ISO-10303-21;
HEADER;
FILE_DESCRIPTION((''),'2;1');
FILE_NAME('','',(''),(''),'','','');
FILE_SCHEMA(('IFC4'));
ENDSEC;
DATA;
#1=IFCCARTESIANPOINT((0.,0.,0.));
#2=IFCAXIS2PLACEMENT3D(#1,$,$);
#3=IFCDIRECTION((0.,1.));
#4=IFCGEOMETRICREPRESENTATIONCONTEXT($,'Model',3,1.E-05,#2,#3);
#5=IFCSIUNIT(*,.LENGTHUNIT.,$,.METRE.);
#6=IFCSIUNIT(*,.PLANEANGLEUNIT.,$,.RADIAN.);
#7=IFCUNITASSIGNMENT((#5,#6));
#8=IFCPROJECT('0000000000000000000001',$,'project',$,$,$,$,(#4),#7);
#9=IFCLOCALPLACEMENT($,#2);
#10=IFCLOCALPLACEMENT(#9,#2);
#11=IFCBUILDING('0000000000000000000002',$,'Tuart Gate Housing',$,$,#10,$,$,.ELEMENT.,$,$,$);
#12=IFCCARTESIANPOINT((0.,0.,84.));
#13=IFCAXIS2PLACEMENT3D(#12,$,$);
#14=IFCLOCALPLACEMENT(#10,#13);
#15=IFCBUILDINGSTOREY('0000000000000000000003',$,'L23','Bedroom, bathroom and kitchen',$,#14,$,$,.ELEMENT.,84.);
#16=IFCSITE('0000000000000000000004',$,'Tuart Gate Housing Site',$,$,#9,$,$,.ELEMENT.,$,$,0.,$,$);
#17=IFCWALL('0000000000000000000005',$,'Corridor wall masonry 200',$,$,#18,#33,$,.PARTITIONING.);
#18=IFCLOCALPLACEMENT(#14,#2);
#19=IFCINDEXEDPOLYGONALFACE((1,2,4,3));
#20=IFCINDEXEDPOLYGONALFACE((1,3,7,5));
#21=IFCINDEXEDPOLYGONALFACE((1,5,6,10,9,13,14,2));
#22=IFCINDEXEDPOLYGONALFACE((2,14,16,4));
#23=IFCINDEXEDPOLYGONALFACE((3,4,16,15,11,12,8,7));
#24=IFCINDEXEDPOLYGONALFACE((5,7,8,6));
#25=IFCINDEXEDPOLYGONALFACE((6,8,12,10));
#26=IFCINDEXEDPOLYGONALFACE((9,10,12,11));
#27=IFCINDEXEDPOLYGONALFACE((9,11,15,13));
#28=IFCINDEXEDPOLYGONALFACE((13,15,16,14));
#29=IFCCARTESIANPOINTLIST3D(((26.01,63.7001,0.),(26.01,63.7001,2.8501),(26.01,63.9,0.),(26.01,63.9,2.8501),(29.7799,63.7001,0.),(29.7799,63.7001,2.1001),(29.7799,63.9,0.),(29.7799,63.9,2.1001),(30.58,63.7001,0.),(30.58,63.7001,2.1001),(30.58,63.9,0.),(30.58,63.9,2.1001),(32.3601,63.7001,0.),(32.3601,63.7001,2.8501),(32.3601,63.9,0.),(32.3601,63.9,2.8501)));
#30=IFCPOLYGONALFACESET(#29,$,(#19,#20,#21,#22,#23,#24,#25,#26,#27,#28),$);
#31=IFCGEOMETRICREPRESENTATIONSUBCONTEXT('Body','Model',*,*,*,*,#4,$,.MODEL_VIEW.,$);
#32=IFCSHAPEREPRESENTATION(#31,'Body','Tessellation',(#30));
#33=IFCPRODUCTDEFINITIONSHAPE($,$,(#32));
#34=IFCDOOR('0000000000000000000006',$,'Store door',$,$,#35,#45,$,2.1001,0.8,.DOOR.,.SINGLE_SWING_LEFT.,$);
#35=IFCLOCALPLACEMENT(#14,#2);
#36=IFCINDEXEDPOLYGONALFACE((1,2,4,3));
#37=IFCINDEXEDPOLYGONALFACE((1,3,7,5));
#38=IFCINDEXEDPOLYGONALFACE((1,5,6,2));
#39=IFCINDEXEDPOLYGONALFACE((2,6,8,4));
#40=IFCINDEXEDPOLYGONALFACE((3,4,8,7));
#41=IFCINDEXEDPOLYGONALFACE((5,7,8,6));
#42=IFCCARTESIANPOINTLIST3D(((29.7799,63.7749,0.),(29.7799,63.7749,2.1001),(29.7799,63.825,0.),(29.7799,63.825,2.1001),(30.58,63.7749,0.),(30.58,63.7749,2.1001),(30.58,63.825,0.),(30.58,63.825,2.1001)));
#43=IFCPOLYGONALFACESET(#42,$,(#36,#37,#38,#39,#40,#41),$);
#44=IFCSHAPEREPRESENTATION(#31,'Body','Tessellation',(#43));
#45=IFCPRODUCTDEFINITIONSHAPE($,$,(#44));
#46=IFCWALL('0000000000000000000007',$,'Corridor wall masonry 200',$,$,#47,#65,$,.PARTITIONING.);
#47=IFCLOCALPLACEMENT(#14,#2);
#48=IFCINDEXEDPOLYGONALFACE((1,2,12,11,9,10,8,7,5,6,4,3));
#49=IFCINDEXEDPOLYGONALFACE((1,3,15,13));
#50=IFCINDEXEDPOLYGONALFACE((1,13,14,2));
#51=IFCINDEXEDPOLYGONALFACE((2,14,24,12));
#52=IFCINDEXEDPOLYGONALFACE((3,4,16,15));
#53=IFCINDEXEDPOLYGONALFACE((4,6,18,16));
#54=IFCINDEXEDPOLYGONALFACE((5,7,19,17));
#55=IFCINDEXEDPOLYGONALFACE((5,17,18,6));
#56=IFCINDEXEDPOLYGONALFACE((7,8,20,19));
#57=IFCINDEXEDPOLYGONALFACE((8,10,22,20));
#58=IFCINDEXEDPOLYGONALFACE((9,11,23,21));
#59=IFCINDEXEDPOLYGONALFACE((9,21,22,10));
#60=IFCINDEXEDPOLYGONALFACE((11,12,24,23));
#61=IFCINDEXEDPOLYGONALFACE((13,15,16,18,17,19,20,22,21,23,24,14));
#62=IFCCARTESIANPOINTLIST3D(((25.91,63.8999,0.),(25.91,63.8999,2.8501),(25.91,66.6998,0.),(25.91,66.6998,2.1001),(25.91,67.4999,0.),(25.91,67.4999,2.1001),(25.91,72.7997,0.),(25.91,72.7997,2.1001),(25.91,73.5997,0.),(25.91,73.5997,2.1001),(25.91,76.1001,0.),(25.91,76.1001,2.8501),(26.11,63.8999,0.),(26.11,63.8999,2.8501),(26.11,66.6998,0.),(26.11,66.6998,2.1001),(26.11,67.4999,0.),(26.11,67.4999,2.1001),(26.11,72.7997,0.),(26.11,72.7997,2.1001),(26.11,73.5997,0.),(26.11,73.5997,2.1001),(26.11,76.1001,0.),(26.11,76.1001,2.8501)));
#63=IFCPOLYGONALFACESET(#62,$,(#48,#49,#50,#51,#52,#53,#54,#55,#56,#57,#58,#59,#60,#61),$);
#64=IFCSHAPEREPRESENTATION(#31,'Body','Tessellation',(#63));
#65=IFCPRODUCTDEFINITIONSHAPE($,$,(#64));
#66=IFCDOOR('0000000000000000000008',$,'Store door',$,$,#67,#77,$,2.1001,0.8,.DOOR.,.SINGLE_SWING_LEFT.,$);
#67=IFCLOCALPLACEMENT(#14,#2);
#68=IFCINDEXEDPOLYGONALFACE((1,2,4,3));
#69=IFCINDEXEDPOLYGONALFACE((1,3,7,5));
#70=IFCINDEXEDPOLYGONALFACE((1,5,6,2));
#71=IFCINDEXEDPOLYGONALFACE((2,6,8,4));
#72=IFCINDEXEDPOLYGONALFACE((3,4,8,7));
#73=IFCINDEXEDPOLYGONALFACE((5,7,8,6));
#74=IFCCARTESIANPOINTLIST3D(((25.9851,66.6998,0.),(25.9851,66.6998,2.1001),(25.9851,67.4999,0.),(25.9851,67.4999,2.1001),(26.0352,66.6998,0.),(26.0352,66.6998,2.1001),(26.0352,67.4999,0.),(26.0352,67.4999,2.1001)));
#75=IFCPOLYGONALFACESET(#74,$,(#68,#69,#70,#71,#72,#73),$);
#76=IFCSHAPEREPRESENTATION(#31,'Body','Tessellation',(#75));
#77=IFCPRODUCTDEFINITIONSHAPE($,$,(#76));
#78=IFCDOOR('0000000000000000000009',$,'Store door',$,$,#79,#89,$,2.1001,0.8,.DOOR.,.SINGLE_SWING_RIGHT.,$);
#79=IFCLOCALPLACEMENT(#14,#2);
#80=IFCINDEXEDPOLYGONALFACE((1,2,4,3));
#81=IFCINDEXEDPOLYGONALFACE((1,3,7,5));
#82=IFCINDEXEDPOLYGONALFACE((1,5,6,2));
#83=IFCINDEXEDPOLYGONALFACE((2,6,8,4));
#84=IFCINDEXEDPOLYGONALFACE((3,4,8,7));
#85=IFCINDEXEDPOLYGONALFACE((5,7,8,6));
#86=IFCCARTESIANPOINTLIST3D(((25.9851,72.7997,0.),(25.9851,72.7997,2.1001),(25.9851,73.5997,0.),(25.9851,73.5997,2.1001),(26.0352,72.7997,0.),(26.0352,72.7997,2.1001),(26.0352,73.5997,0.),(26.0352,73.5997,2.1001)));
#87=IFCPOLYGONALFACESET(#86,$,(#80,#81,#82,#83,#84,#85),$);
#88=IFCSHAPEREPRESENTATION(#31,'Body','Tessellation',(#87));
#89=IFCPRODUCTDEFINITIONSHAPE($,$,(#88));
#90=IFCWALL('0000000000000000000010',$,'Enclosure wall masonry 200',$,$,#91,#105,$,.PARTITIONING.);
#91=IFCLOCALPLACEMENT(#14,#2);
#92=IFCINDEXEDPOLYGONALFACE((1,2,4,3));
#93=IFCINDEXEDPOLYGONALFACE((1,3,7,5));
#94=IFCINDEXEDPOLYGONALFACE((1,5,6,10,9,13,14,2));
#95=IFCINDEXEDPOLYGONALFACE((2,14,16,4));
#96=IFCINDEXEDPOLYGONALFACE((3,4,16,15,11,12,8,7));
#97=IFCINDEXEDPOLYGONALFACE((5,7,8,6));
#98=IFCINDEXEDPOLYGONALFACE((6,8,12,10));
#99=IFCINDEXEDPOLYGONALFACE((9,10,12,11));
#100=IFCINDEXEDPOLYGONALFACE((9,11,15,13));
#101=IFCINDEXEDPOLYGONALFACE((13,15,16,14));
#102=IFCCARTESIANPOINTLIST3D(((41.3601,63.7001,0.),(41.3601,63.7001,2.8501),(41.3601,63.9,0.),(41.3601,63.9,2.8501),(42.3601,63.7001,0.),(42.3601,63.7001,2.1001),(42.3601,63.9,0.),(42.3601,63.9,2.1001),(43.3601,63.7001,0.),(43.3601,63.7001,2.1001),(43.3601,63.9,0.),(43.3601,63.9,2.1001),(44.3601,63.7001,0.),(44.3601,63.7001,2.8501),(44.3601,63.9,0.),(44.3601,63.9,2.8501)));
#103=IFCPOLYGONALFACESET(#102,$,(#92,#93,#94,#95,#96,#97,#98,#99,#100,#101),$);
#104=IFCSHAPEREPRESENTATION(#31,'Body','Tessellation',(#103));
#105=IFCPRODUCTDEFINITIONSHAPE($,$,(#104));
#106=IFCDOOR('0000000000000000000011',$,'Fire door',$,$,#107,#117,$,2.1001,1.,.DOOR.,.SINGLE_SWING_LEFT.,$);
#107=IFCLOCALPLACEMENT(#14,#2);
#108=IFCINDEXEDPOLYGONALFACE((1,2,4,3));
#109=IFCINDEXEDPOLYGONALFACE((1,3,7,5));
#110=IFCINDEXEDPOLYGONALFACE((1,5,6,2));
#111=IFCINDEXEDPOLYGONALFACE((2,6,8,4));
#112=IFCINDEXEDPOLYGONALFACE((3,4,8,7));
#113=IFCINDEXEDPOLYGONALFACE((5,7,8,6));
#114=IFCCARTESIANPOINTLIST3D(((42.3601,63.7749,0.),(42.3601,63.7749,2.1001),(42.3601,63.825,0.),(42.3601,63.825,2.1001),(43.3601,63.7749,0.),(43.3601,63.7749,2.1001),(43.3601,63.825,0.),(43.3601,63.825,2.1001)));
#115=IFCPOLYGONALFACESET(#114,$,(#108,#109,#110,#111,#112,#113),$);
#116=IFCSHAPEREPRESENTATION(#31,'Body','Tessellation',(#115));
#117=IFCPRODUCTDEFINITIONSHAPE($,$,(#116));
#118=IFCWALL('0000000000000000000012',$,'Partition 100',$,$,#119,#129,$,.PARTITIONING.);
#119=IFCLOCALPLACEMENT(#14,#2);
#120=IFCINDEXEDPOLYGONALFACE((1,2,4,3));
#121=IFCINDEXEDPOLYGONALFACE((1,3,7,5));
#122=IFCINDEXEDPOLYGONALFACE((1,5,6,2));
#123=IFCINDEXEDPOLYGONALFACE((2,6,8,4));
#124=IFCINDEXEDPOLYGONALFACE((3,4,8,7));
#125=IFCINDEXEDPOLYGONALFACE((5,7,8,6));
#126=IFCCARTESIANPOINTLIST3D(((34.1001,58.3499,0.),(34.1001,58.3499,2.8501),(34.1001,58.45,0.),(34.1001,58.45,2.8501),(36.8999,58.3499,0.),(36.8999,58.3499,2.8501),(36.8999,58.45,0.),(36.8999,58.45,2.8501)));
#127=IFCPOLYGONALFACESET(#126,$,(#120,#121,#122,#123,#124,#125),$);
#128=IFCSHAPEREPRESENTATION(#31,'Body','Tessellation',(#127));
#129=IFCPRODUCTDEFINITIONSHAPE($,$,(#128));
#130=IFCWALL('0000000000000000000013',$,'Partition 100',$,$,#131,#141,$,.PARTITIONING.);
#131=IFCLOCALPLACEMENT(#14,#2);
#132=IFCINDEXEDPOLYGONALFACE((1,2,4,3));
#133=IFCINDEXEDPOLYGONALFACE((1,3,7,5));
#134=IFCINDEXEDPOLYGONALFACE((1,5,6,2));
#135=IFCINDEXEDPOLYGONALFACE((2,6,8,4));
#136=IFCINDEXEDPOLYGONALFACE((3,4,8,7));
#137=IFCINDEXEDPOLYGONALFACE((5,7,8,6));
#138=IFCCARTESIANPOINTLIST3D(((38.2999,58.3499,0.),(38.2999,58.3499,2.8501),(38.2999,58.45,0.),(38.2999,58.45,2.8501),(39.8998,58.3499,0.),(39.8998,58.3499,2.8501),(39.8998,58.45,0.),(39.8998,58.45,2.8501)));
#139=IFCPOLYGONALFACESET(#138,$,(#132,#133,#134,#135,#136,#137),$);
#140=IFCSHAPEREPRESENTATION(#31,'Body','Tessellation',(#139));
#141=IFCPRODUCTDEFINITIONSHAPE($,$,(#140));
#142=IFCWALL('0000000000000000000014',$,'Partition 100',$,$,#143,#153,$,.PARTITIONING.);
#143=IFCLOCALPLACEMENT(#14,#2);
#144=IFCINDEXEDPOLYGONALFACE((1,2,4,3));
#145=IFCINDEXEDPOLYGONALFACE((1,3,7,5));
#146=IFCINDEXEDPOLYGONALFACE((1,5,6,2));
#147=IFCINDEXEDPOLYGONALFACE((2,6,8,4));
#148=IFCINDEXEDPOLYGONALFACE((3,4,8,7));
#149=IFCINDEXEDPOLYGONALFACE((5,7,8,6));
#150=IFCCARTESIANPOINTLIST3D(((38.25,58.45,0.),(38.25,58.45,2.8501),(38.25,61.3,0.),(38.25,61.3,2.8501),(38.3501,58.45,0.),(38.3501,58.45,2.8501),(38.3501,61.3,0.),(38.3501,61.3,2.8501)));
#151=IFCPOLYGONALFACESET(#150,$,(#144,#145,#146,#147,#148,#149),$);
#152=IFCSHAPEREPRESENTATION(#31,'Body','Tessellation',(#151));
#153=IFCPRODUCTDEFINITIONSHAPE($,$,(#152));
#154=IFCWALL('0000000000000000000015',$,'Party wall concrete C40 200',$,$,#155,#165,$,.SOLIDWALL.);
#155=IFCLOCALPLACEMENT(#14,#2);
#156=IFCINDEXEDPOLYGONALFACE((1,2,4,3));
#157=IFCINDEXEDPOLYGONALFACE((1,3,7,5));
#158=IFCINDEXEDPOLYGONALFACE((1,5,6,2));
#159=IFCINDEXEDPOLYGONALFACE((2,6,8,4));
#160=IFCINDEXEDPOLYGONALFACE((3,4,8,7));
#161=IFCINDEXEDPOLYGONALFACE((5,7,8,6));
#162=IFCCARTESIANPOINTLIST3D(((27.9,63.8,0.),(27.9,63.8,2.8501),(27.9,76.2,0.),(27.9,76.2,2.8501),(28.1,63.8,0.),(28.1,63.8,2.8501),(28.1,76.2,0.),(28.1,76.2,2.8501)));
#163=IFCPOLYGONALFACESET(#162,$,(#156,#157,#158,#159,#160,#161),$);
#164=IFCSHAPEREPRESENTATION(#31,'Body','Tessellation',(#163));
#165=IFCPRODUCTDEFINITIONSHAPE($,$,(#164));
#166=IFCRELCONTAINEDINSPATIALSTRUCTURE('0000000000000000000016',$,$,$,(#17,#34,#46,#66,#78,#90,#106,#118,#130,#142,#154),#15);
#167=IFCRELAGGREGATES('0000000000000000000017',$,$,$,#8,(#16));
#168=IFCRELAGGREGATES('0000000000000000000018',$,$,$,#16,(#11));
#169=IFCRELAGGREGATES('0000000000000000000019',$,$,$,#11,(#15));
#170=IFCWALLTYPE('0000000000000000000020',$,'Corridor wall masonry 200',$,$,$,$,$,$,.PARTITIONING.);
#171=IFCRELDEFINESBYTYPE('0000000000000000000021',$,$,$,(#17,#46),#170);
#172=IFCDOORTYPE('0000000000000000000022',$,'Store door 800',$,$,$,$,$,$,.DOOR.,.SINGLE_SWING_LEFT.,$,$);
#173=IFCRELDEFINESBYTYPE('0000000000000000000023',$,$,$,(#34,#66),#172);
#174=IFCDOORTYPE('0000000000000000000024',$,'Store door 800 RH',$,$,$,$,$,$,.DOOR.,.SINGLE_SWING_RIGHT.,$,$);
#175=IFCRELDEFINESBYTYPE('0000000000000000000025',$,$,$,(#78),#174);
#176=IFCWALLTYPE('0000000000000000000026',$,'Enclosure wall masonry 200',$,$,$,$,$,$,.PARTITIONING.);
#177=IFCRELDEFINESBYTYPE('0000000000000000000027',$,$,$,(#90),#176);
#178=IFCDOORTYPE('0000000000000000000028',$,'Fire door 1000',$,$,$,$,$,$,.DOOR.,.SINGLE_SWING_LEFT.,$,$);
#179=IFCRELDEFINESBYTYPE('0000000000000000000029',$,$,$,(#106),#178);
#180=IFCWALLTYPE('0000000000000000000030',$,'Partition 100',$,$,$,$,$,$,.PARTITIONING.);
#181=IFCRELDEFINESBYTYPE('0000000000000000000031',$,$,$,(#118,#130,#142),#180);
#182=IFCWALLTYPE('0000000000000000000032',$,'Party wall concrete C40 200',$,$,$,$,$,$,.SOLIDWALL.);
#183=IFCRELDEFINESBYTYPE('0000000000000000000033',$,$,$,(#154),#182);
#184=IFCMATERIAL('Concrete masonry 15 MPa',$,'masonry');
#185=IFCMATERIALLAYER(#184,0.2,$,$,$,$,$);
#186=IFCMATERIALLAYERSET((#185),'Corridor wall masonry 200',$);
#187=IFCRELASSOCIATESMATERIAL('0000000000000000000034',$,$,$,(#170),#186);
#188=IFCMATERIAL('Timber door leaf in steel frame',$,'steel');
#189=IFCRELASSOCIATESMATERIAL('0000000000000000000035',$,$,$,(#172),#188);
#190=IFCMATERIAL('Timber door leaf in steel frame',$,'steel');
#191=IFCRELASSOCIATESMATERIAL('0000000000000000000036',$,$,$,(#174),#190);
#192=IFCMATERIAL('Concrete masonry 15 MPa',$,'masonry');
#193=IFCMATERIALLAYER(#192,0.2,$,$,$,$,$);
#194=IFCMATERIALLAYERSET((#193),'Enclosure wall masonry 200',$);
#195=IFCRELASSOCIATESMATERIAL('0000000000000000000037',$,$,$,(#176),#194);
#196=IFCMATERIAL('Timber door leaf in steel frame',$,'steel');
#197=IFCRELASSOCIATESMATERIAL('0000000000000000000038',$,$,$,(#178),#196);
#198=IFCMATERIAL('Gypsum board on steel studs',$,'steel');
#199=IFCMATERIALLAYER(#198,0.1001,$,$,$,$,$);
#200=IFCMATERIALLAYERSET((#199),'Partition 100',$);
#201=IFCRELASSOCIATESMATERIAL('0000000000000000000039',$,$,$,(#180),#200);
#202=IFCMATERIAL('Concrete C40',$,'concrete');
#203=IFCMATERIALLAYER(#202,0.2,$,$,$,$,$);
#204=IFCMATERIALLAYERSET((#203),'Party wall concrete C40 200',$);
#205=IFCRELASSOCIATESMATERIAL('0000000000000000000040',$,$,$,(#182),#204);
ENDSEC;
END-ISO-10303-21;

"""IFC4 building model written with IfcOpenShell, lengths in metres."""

from ifc_helpers import new_model, si_unit, direction, frame, frame_2d, origin, place, context, subcontext, project, spatial, rectangle, extrude, material, layer, layer_set, type_object, element, fill, save


model = new_model("IFC4")

# Units and contexts
model_context = context("Model", 3, precision=1e-05, world=origin(), true_north=direction((0.0, 1.0)))
body_context = subcontext(model_context, "Body", "Model", "MODEL_VIEW")
ifc_project = project(units=[si_unit("LENGTHUNIT", "METRE"), si_unit("PLANEANGLEUNIT", "RADIAN")], contexts=[model_context])

# Site, building, storey
site_placement = place(None, origin())
site = spatial("IfcSite", under=ifc_project, at=site_placement, Name="Tuart Gate Housing Site", CompositionType="ELEMENT", RefElevation=0.0)
building_placement = place(site_placement, origin())
building = spatial("IfcBuilding", under=site, at=building_placement, Name="Tuart Gate Housing", CompositionType="ELEMENT")
storey_placement = place(building_placement, frame((0.0, 0.0, 84.0)))
storey = spatial("IfcBuildingStorey", under=building, at=storey_placement, Name="L23", Description="Bedroom, bathroom and kitchen", CompositionType="ELEMENT", Elevation=84.0)

# Shared definitions
ifc_material_1 = material(Name="Concrete masonry 15 MPa", Category="masonry")
ifc_layer_1 = layer(ifc_material_1, 0.2)
ifc_layer_set_1 = layer_set([ifc_layer_1], Name="Corridor wall masonry 200")
wall_type_1 = type_object("IfcWallType", Name="Corridor wall masonry 200", PredefinedType="PARTITIONING", material=ifc_layer_set_1)

# Wall, opening, door
wall_1_placement = place(storey_placement, frame((26.01, 63.8, 0.0), z_axis=(0.0, 0.0, 1.0), x_axis=(1.0, 0.0, 0.0)))
wall_1 = element("IfcWall", 1, at=wall_1_placement, inside=storey, type_object=wall_type_1, Name="Corridor wall masonry 200", PredefinedType="PARTITIONING", context=body_context, shape_type="SweptSolid", body=[
    extrude(rectangle(XDim=6.3501, YDim=0.2, at=frame_2d((3.175, 0.0))), origin(), (0.0, 0.0, 1.0), 2.8501),
])
opening_1_placement = place(wall_1_placement, frame((3.77, 0.0, 0.0)))
opening_1 = element("IfcOpeningElement", 2, at=opening_1_placement, cuts=wall_1, PredefinedType="OPENING", context=body_context, shape_type="SweptSolid", body=[
    extrude(rectangle(XDim=0.8, YDim=2.1001, at=frame_2d((0.3999, 1.05))), frame((0.0, 0.1099, 0.0), z_axis=(0.0, -1.0, 0.0), x_axis=(1.0, 0.0, 0.0)), (0.0, 0.0, 1.0), 0.22),
])
ifc_material_2 = material(Name="Timber door leaf in steel frame", Category="steel")
door_type_1 = type_object("IfcDoorType", Name="Store door 800", OperationType="SINGLE_SWING_LEFT", PredefinedType="DOOR", material=ifc_material_2)
door_1_placement = place(opening_1_placement, origin())
door_1 = element("IfcDoor", 3, at=door_1_placement, inside=storey, type_object=door_type_1, Name="Store door", OperationType="SINGLE_SWING_LEFT", OverallHeight=2.1001, OverallWidth=0.8, PredefinedType="DOOR", context=body_context, shape_type="SweptSolid", body=[
    extrude(rectangle(XDim=0.8, YDim=2.1001, at=frame_2d((0.3999, 1.05))), frame((0.0, 0.0249, 0.0), z_axis=(0.0, -1.0, 0.0), x_axis=(1.0, 0.0, 0.0)), (0.0, 0.0, 1.0), 0.05),
])
fill(opening_1, door_1)

# Wall, openings, doors
wall_2_placement = place(storey_placement, frame((26.01, 63.8999, 0.0), z_axis=(0.0, 0.0, 1.0), x_axis=(0.0, 1.0, 0.0)))
wall_2 = element("IfcWall", 4, at=wall_2_placement, inside=storey, type_object=wall_type_1, Name="Corridor wall masonry 200", PredefinedType="PARTITIONING", context=body_context, shape_type="SweptSolid", body=[
    extrude(rectangle(XDim=12.2002, YDim=0.2, at=frame_2d((6.1001, 0.0))), origin(), (0.0, 0.0, 1.0), 2.8501),
])
opening_2_placement = place(wall_2_placement, frame((2.8, 0.0, 0.0)))
opening_2 = element("IfcOpeningElement", 5, at=opening_2_placement, cuts=wall_2, PredefinedType="OPENING", context=body_context, shape_type="SweptSolid", body=[
    extrude(rectangle(XDim=0.8, YDim=2.1001, at=frame_2d((0.3999, 1.05))), frame((0.0, 0.1099, 0.0), z_axis=(0.0, -1.0, 0.0), x_axis=(1.0, 0.0, 0.0)), (0.0, 0.0, 1.0), 0.22),
])
opening_3_placement = place(wall_2_placement, frame((8.8999, 0.0, 0.0)))
opening_3 = element("IfcOpeningElement", 6, at=opening_3_placement, cuts=wall_2, PredefinedType="OPENING", context=body_context, shape_type="SweptSolid", body=[
    extrude(rectangle(XDim=0.8, YDim=2.1001, at=frame_2d((0.3999, 1.05))), frame((0.0, 0.1099, 0.0), z_axis=(0.0, -1.0, 0.0), x_axis=(1.0, 0.0, 0.0)), (0.0, 0.0, 1.0), 0.22),
])
door_2_placement = place(opening_2_placement, frame((0.8, 0.0, 0.0), z_axis=(0.0, 0.0, 1.0), x_axis=(-1.0, 0.0, 0.0)))
door_2 = element("IfcDoor", 7, at=door_2_placement, inside=storey, type_object=door_type_1, Name="Store door", OperationType="SINGLE_SWING_LEFT", OverallHeight=2.1001, OverallWidth=0.8, PredefinedType="DOOR", context=body_context, shape_type="SweptSolid", body=[
    extrude(rectangle(XDim=0.8, YDim=2.1001, at=frame_2d((0.4001, 1.05))), frame((0.0, 0.0251, 0.0), z_axis=(0.0, -1.0, 0.0), x_axis=(1.0, 0.0, 0.0)), (0.0, 0.0, 1.0), 0.05),
])
fill(opening_2, door_2)
ifc_material_3 = material(Name="Timber door leaf in steel frame", Category="steel")
door_type_2 = type_object("IfcDoorType", Name="Store door 800 RH", OperationType="SINGLE_SWING_RIGHT", PredefinedType="DOOR", material=ifc_material_3)
door_3_placement = place(opening_3_placement, frame((0.8, 0.0, 0.0), z_axis=(0.0, 0.0, 1.0), x_axis=(-1.0, 0.0, 0.0)))
door_3 = element("IfcDoor", 8, at=door_3_placement, inside=storey, type_object=door_type_2, Name="Store door", OperationType="SINGLE_SWING_RIGHT", OverallHeight=2.1001, OverallWidth=0.8, PredefinedType="DOOR", context=body_context, shape_type="SweptSolid", body=[
    extrude(rectangle(XDim=0.8, YDim=2.1001, at=frame_2d((0.4001, 1.05))), frame((0.0, 0.0251, 0.0), z_axis=(0.0, -1.0, 0.0), x_axis=(1.0, 0.0, 0.0)), (0.0, 0.0, 1.0), 0.05),
])
fill(opening_3, door_3)

# Wall, opening, door
ifc_material_4 = material(Name="Concrete masonry 15 MPa", Category="masonry")
ifc_layer_2 = layer(ifc_material_4, 0.2)
ifc_layer_set_2 = layer_set([ifc_layer_2], Name="Enclosure wall masonry 200")
wall_type_2 = type_object("IfcWallType", Name="Enclosure wall masonry 200", PredefinedType="PARTITIONING", material=ifc_layer_set_2)
wall_3_placement = place(storey_placement, frame((41.3601, 63.8, 0.0), z_axis=(0.0, 0.0, 1.0), x_axis=(1.0, 0.0, 0.0)))
wall_3 = element("IfcWall", 9, at=wall_3_placement, inside=storey, type_object=wall_type_2, Name="Enclosure wall masonry 200", PredefinedType="PARTITIONING", context=body_context, shape_type="SweptSolid", body=[
    extrude(rectangle(XDim=3.0, YDim=0.2, at=frame_2d((1.5, 0.0))), origin(), (0.0, 0.0, 1.0), 2.8501),
])
opening_4_placement = place(wall_3_placement, frame((1.0, 0.0, 0.0)))
opening_4 = element("IfcOpeningElement", 10, at=opening_4_placement, cuts=wall_3, PredefinedType="OPENING", context=body_context, shape_type="SweptSolid", body=[
    extrude(rectangle(XDim=1.0, YDim=2.1001, at=frame_2d((0.5, 1.05))), frame((0.0, 0.1099, 0.0), z_axis=(0.0, -1.0, 0.0), x_axis=(1.0, 0.0, 0.0)), (0.0, 0.0, 1.0), 0.22),
])
ifc_material_5 = material(Name="Timber door leaf in steel frame", Category="steel")
door_type_3 = type_object("IfcDoorType", Name="Fire door 1000", OperationType="SINGLE_SWING_LEFT", PredefinedType="DOOR", material=ifc_material_5)
door_4_placement = place(opening_4_placement, frame((1.0, 0.0, 0.0), z_axis=(0.0, 0.0, 1.0), x_axis=(-1.0, 0.0, 0.0)))
door_4 = element("IfcDoor", 11, at=door_4_placement, inside=storey, type_object=door_type_3, Name="Fire door", OperationType="SINGLE_SWING_LEFT", OverallHeight=2.1001, OverallWidth=1.0, PredefinedType="DOOR", context=body_context, shape_type="SweptSolid", body=[
    extrude(rectangle(XDim=1.0, YDim=2.1001, at=frame_2d((0.5, 1.05))), frame((0.0, 0.0251, 0.0), z_axis=(0.0, -1.0, 0.0), x_axis=(1.0, 0.0, 0.0)), (0.0, 0.0, 1.0), 0.05),
])
fill(opening_4, door_4)

# Walls
ifc_material_6 = material(Name="Gypsum board on steel studs", Category="steel")
ifc_layer_3 = layer(ifc_material_6, 0.1001)
ifc_layer_set_3 = layer_set([ifc_layer_3], Name="Partition 100")
wall_type_3 = type_object("IfcWallType", Name="Partition 100", PredefinedType="PARTITIONING", material=ifc_layer_set_3)
wall_4_placement = place(storey_placement, frame((34.1001, 58.3999, 0.0), z_axis=(0.0, 0.0, 1.0), x_axis=(1.0, 0.0, 0.0)))
element("IfcWall", 12, at=wall_4_placement, inside=storey, type_object=wall_type_3, Name="Partition 100", PredefinedType="PARTITIONING", context=body_context, shape_type="SweptSolid", body=[
    extrude(rectangle(XDim=2.7998, YDim=0.1001, at=frame_2d((1.3999, 0.0))), origin(), (0.0, 0.0, 1.0), 2.8501),
])
wall_5_placement = place(storey_placement, frame((38.3, 58.3999, 0.0), z_axis=(0.0, 0.0, 1.0), x_axis=(1.0, 0.0, 0.0)))
element("IfcWall", 13, at=wall_5_placement, inside=storey, type_object=wall_type_3, Name="Partition 100", PredefinedType="PARTITIONING", context=body_context, shape_type="SweptSolid", body=[
    extrude(rectangle(XDim=1.5999, YDim=0.1001, at=frame_2d((0.7998, 0.0))), origin(), (0.0, 0.0, 1.0), 2.8501),
])
wall_6_placement = place(storey_placement, frame((38.3, 58.45, 0.0), z_axis=(0.0, 0.0, 1.0), x_axis=(0.0, 1.0, 0.0)))
element("IfcWall", 14, at=wall_6_placement, inside=storey, type_object=wall_type_3, Name="Partition 100", PredefinedType="PARTITIONING", context=body_context, shape_type="SweptSolid", body=[
    extrude(rectangle(XDim=2.8501, YDim=0.1001, at=frame_2d((1.425, 0.0))), origin(), (0.0, 0.0, 1.0), 2.8501),
])
ifc_material_7 = material(Name="Concrete C40", Category="concrete")
ifc_layer_4 = layer(ifc_material_7, 0.2)
ifc_layer_set_4 = layer_set([ifc_layer_4], Name="Party wall concrete C40 200")
wall_type_4 = type_object("IfcWallType", Name="Party wall concrete C40 200", PredefinedType="SOLIDWALL", material=ifc_layer_set_4)
wall_7_placement = place(storey_placement, frame((28.0, 63.8, 0.0), z_axis=(0.0, 0.0, 1.0), x_axis=(0.0, 1.0, 0.0)))
element("IfcWall", 15, at=wall_7_placement, inside=storey, type_object=wall_type_4, Name="Party wall concrete C40 200", PredefinedType="SOLIDWALL", context=body_context, shape_type="SweptSolid", body=[
    extrude(rectangle(XDim=12.3999, YDim=0.2, at=frame_2d((6.2, 0.0))), origin(), (0.0, 0.0, 1.0), 2.8501),
])

save(model, "model.ifc")
